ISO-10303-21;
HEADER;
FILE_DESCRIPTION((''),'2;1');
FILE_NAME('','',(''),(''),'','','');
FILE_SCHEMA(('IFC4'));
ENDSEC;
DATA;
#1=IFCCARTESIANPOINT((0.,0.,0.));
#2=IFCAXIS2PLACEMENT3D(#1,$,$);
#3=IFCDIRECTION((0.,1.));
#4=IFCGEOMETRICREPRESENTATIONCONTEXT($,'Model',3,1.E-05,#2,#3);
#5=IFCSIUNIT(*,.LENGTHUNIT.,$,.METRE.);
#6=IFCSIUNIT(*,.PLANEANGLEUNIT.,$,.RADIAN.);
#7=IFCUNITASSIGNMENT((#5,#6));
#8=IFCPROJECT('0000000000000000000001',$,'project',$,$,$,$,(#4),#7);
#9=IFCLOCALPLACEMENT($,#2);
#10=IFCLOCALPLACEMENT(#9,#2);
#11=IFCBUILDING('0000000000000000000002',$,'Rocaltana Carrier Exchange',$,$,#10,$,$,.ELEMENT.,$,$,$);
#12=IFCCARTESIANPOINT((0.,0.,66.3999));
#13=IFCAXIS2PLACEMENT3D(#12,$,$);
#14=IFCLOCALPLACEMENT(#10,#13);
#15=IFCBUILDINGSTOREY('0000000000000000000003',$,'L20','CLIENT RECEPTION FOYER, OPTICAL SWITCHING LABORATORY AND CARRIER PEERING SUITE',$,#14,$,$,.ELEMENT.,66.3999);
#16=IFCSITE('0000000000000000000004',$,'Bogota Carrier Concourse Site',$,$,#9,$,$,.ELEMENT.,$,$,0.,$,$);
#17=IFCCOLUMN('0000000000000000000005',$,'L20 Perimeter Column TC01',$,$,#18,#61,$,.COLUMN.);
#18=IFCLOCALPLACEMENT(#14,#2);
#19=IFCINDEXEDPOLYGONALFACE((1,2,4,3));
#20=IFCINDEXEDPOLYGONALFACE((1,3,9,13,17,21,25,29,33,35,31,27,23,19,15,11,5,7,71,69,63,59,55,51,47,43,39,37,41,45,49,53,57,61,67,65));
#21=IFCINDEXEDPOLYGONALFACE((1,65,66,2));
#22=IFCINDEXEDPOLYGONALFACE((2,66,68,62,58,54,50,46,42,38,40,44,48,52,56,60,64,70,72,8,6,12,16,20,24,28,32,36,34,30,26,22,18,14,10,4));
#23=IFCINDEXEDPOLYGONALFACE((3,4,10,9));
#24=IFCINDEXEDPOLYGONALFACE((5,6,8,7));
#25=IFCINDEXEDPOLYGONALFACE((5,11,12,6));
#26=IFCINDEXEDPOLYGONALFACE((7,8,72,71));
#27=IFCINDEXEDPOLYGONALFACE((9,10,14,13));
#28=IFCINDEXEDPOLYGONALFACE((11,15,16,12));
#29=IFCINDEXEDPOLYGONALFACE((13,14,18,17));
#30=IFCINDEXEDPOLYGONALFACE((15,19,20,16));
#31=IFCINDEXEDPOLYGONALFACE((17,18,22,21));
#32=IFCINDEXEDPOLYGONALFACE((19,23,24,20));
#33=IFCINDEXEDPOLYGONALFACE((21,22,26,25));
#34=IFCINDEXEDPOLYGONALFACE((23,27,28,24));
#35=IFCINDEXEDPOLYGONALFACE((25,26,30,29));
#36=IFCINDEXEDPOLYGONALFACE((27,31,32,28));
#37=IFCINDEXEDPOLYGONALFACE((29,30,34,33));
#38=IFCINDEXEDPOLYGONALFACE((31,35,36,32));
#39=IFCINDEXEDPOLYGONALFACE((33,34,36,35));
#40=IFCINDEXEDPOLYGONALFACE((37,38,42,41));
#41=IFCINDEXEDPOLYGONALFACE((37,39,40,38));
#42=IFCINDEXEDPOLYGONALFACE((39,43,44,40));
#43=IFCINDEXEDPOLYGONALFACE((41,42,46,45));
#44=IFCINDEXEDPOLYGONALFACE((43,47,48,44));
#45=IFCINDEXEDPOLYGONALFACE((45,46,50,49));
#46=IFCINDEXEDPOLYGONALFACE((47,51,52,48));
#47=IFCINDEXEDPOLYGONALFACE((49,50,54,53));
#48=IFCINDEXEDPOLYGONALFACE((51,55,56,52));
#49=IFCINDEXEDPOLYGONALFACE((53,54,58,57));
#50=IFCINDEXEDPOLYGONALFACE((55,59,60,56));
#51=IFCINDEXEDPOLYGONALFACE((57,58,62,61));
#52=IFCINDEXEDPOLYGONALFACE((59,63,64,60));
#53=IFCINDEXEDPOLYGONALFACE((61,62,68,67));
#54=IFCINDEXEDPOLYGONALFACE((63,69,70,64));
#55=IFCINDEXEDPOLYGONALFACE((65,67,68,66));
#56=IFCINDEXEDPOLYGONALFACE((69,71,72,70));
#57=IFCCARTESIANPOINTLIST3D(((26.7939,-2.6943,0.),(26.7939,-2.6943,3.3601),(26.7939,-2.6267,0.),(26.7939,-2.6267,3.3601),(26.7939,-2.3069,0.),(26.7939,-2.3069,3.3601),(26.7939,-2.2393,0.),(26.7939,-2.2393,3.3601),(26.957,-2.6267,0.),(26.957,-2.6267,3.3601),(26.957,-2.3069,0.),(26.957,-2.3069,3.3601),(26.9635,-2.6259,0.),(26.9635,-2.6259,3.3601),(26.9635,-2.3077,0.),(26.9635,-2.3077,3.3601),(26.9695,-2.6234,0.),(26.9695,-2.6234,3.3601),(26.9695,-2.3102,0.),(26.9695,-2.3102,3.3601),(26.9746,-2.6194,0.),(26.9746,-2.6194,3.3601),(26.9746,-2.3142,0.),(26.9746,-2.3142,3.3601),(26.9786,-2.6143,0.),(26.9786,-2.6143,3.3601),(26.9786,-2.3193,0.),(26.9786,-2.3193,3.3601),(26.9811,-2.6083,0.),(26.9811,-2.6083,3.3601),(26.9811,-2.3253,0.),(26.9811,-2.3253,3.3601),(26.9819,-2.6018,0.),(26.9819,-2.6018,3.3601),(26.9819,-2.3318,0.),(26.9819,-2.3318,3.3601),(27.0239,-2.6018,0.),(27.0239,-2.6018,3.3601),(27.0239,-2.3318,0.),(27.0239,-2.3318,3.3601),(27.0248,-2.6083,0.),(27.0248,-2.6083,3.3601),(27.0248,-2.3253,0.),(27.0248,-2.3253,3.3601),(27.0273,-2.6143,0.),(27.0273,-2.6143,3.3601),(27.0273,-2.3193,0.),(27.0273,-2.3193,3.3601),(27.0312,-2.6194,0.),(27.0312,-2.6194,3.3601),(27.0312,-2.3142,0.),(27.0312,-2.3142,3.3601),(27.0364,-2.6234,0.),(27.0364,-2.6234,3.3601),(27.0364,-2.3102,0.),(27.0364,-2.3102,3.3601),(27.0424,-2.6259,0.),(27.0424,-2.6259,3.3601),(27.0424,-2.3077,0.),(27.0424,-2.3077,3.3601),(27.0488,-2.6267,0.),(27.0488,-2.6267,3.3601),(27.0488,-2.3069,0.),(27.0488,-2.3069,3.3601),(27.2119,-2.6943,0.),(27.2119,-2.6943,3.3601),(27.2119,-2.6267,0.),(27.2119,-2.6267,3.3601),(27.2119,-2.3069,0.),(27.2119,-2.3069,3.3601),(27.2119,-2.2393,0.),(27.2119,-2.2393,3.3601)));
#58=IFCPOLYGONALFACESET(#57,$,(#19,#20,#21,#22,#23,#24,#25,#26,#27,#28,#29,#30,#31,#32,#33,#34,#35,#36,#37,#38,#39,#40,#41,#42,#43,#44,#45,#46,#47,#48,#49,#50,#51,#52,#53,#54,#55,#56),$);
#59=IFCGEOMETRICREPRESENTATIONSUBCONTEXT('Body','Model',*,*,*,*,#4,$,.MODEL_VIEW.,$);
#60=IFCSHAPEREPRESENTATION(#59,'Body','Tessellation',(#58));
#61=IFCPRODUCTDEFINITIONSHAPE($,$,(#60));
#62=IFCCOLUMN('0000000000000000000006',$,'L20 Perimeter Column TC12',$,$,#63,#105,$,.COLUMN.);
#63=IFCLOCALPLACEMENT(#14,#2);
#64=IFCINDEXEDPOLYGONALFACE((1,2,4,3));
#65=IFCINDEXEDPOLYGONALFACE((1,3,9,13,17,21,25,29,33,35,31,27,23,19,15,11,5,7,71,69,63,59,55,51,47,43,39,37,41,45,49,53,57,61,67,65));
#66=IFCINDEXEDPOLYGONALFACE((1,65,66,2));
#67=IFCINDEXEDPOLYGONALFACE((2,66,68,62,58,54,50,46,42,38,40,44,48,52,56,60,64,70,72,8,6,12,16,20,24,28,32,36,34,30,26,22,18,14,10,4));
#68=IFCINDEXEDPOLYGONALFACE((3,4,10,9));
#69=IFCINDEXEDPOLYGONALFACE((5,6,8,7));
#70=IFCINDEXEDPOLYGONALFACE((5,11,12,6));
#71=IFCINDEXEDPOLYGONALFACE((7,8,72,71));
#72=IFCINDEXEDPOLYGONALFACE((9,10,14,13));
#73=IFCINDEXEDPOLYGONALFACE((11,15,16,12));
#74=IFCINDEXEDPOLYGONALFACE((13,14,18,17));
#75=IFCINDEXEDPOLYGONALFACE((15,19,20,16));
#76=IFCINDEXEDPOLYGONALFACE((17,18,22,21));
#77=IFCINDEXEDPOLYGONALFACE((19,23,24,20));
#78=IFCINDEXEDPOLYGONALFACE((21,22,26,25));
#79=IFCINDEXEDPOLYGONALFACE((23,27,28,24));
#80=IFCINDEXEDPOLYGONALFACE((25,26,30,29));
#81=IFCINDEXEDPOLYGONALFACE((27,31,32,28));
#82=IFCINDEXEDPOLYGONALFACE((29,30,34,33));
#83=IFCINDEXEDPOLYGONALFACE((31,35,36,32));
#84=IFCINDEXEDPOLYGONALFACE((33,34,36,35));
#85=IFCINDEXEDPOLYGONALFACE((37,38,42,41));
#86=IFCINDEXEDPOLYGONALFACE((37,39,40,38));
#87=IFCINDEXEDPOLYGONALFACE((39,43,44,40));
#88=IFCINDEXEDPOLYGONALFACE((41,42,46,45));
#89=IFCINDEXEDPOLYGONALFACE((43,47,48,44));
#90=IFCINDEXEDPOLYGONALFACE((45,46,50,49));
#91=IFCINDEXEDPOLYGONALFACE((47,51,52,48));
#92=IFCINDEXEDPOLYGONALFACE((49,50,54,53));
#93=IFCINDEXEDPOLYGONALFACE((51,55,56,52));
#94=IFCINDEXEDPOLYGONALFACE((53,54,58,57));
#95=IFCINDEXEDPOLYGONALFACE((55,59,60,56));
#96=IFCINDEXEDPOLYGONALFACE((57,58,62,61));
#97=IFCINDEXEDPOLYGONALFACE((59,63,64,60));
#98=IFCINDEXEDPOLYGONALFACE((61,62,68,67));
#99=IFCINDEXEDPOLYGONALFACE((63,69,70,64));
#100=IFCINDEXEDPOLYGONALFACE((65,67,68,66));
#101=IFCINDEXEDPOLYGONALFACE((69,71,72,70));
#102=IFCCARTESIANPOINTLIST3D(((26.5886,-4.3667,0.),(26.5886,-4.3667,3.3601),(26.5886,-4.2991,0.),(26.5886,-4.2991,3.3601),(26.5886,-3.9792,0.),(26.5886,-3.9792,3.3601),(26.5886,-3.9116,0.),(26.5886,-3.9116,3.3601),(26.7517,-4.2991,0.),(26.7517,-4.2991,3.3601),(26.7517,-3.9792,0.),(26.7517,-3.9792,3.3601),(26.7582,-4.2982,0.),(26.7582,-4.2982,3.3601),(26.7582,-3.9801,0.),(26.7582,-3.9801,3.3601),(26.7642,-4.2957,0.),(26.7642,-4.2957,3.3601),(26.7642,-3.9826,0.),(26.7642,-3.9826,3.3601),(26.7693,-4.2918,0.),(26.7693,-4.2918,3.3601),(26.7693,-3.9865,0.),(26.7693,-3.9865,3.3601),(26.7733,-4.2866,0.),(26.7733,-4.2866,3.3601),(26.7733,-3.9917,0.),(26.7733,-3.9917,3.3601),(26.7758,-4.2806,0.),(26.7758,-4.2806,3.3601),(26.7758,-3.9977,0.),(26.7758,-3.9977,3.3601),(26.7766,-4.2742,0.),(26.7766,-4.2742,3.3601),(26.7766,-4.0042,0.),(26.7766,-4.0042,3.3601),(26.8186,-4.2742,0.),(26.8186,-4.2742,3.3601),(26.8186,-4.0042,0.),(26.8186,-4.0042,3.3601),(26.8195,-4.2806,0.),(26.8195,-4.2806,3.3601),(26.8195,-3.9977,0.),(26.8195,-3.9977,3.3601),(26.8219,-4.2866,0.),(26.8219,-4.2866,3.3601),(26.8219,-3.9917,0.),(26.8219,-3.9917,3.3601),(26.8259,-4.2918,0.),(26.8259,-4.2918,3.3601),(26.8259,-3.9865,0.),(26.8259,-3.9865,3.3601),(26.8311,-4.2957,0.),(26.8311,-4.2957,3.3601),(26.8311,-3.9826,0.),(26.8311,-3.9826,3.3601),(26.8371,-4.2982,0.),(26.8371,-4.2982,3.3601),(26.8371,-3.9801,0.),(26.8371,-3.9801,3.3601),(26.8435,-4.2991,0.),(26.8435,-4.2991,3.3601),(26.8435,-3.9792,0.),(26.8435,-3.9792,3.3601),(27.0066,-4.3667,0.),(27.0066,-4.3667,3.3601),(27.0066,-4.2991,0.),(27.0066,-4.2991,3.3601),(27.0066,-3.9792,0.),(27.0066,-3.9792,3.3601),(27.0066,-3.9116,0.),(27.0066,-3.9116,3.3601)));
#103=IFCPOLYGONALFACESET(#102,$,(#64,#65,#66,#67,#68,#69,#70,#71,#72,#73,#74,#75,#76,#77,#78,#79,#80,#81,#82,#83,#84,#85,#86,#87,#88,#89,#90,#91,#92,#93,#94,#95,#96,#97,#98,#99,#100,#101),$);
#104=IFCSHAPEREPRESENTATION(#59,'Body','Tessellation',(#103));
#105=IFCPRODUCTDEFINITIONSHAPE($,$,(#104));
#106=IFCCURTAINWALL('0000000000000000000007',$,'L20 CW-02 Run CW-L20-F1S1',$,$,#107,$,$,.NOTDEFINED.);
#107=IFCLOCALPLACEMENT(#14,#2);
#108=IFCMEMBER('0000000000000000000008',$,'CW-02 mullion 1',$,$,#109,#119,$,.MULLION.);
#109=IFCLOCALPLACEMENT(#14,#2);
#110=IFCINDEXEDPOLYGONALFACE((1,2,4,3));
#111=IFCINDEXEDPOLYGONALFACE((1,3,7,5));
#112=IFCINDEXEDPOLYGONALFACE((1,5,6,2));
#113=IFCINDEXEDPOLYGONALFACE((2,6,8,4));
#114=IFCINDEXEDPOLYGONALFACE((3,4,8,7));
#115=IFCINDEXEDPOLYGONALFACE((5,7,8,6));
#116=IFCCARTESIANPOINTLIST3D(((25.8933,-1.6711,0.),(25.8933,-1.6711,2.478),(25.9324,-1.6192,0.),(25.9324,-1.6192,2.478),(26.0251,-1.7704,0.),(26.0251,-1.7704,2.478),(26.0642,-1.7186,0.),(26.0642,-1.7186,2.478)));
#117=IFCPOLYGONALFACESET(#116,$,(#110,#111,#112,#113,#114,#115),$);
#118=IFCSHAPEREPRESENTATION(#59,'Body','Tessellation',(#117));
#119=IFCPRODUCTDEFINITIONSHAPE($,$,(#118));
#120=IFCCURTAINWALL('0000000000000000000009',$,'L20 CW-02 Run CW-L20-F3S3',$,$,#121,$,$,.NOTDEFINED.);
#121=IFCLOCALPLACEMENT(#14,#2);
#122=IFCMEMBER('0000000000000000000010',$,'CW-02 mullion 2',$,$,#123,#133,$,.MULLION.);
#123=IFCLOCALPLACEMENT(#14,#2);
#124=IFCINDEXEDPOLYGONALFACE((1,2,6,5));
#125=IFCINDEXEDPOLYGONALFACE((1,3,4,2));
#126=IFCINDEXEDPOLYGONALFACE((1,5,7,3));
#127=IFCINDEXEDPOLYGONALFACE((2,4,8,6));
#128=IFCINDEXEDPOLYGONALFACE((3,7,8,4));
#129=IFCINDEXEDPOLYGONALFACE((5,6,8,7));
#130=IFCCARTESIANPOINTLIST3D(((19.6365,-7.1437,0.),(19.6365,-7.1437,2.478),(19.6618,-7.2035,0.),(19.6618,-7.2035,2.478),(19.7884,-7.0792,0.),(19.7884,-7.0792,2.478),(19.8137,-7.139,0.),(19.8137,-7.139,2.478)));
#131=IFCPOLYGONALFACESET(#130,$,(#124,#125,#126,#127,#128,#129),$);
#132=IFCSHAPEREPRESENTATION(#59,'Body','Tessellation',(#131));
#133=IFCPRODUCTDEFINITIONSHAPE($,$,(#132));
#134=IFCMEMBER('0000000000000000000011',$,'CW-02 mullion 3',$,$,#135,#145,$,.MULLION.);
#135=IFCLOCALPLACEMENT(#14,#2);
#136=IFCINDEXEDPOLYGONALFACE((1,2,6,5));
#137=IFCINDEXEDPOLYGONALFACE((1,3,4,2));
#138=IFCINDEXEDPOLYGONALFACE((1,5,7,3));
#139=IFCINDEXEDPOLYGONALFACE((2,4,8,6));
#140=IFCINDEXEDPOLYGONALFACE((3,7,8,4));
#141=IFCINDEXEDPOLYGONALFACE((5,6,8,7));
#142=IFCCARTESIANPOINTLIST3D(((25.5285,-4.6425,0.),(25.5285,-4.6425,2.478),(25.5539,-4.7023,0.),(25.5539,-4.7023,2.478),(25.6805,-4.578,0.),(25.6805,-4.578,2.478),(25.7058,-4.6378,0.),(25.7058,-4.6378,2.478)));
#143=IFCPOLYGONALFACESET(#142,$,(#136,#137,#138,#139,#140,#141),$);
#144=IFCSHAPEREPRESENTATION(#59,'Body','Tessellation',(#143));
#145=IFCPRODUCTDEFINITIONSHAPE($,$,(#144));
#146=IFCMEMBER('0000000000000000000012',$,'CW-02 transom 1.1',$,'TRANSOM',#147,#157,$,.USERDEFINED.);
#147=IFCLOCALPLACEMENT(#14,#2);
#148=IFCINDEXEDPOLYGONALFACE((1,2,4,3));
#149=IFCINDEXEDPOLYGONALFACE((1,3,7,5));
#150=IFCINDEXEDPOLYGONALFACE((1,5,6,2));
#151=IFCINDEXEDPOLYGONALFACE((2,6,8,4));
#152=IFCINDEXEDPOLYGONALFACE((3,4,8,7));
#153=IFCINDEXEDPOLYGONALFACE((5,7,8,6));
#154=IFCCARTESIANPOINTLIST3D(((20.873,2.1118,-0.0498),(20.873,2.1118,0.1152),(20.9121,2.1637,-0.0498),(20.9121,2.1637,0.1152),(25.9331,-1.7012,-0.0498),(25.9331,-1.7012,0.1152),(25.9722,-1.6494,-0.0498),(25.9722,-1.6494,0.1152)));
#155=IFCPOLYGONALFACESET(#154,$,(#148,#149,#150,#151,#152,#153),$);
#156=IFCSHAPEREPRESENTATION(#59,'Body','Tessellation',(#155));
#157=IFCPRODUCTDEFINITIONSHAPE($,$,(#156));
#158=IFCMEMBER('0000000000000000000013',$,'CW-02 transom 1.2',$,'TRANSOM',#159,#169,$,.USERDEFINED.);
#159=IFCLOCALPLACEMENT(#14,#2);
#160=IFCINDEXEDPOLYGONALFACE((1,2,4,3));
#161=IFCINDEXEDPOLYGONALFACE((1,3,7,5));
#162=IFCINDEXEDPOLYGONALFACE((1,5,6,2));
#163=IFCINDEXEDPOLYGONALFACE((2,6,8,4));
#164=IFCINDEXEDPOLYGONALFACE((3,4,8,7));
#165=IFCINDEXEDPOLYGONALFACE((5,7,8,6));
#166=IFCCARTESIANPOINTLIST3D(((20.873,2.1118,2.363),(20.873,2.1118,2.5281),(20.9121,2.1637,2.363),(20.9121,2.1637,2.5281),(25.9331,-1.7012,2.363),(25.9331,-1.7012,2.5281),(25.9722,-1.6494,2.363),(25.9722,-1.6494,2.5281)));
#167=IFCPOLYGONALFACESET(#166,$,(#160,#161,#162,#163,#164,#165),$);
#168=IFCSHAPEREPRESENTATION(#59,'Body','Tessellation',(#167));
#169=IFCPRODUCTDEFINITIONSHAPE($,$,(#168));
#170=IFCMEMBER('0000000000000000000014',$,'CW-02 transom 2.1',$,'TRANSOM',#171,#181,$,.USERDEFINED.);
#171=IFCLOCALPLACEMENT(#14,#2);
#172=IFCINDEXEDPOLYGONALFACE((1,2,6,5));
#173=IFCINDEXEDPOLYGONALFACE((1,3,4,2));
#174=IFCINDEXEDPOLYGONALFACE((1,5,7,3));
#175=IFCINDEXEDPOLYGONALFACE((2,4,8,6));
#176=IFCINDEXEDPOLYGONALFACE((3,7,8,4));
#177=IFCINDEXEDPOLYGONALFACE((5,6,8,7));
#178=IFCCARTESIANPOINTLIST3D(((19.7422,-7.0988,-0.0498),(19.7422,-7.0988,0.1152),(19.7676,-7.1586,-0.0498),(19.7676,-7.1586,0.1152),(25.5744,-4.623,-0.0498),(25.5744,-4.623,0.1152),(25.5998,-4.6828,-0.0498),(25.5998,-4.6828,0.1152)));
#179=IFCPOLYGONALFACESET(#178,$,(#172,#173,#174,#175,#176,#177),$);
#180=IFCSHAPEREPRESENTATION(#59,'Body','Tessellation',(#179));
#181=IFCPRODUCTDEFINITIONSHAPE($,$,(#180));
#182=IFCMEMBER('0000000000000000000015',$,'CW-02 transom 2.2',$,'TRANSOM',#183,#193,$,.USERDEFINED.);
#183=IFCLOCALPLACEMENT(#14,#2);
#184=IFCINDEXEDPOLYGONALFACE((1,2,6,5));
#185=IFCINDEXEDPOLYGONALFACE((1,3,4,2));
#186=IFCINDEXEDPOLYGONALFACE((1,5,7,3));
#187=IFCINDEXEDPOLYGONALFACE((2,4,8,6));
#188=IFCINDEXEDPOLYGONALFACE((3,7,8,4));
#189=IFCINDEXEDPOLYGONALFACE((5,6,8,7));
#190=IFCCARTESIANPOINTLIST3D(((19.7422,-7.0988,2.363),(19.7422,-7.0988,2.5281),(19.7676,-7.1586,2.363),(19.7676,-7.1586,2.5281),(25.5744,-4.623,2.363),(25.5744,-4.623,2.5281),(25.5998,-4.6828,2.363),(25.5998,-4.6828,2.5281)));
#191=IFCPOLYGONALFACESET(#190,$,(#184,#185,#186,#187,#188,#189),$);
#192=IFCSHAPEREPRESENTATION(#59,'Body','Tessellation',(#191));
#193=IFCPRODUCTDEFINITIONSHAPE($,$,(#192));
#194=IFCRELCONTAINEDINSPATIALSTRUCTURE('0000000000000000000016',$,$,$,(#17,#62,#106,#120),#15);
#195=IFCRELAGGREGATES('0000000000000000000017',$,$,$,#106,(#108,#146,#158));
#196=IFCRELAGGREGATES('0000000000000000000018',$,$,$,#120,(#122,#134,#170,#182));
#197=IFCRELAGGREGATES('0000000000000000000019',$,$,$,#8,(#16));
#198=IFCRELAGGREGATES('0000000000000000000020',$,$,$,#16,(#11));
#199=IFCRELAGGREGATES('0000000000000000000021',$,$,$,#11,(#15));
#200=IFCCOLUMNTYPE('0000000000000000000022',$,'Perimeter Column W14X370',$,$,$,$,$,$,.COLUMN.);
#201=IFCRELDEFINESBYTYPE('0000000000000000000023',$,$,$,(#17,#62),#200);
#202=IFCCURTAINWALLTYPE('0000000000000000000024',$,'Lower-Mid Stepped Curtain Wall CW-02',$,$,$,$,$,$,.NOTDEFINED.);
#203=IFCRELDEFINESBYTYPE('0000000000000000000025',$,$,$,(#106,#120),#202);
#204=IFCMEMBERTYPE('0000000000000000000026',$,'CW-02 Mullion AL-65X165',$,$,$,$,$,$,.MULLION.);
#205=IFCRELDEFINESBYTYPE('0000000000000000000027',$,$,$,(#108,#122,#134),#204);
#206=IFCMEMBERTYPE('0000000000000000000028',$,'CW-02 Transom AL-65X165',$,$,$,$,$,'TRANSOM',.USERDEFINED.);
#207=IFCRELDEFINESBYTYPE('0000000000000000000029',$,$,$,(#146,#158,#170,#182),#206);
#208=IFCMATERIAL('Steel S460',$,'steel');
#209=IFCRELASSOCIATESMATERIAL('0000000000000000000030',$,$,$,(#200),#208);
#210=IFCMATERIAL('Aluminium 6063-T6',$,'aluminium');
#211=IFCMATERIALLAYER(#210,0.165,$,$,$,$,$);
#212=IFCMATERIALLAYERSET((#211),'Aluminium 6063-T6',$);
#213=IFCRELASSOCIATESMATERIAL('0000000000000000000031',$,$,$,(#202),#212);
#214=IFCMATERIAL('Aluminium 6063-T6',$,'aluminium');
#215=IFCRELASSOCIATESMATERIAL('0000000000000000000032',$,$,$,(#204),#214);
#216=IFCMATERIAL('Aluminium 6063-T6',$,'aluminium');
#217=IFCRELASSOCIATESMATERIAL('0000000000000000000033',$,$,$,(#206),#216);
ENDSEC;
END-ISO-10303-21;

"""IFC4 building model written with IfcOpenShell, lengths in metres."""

from ifc_helpers import new_model, si_unit, direction, frame, origin, origin_2d, place, context, subcontext, project, spatial, rectangle, i_section, extrude, material, layer, layer_set, material_profile, profile_set, type_object, element, aggregate, save


model = new_model("IFC4")

# Units and contexts
model_context = context("Model", 3, precision=1e-05, world=origin(), true_north=direction((0.0, 1.0)))
body_context = subcontext(model_context, "Body", "Model", "MODEL_VIEW")
ifc_project = project(units=[si_unit("LENGTHUNIT", "METRE"), si_unit("PLANEANGLEUNIT", "RADIAN")], contexts=[model_context])

# Site, building, storey
site_placement = place(None, origin())
site = spatial("IfcSite", under=ifc_project, at=site_placement, Name="Bogota Carrier Concourse Site", CompositionType="ELEMENT", RefElevation=0.0)
building_placement = place(site_placement, origin())
building = spatial("IfcBuilding", under=site, at=building_placement, Name="Rocaltana Carrier Exchange", CompositionType="ELEMENT")
storey_placement = place(building_placement, frame((0.0, 0.0, 66.3999)))
storey = spatial("IfcBuildingStorey", under=building, at=storey_placement, Name="L20", Description="CLIENT RECEPTION FOYER, OPTICAL SWITCHING LABORATORY AND CARRIER PEERING SUITE", CompositionType="ELEMENT", Elevation=66.3999)

# Columns
ifc_material_1 = material(Name="Steel S460", Category="steel")
ifc_material_profile_1 = material_profile(ifc_material_1, i_section(OverallWidth=0.418, OverallDepth=0.4551, WebThickness=0.042, FlangeThickness=0.0676, FilletRadius=0.0249, at=origin_2d()), Name="W14X370")
ifc_profile_set_1 = profile_set([ifc_material_profile_1], Name="Steel S460")
column_type = type_object("IfcColumnType", Name="Perimeter Column W14X370", PredefinedType="COLUMN", material=ifc_profile_set_1)
for number, where, z_axis, x_axis, name in (
    (1, (27.0029, -2.4668, 0.0), (0.0, 0.0, 1.0), (1.0, 0.0, 0.0), "L20 Perimeter Column TC01"),
    (2, (26.7976, -4.1392, 0.0), (0.0, 0.0, 1.0), (1.0, 0.0, 0.0), "L20 Perimeter Column TC12"),
):
    element("IfcColumn", number, at=place(storey_placement, frame(where, z_axis=z_axis, x_axis=x_axis)), inside=storey, type_object=column_type, Name=name, PredefinedType="COLUMN", context=body_context, shape_type="SweptSolid", body=[
        extrude(i_section(OverallWidth=0.418, OverallDepth=0.4551, WebThickness=0.042, FlangeThickness=0.0676, FilletRadius=0.0249, at=origin_2d()), origin(), (0.0, 0.0, 1.0), 3.3601),
    ])

# Curtain wall, member
ifc_material_2 = material(Name="Aluminium 6063-T6", Category="aluminium")
ifc_layer_1 = layer(ifc_material_2, 0.165)
ifc_layer_set_1 = layer_set([ifc_layer_1], Name="Aluminium 6063-T6")
curtain_wall_type = type_object("IfcCurtainWallType", Name="Lower-Mid Stepped Curtain Wall CW-02", PredefinedType="NOTDEFINED", material=ifc_layer_set_1)
curtain_wall_1_placement = place(storey_placement, origin())
curtain_wall_1 = element("IfcCurtainWall", 3, at=curtain_wall_1_placement, inside=storey, type_object=curtain_wall_type, Name="L20 CW-02 Run CW-L20-F1S1", PredefinedType="NOTDEFINED")
ifc_material_3 = material(Name="Aluminium 6063-T6", Category="aluminium")
ifc_material_profile_2 = material_profile(ifc_material_3, rectangle(XDim=0.0649, YDim=0.165, at=origin_2d()), Name="AL-65X165")
ifc_profile_set_2 = profile_set([ifc_material_profile_2], Name="Aluminium 6063-T6")
member_type_1 = type_object("IfcMemberType", Name="CW-02 Mullion AL-65X165", PredefinedType="MULLION", material=ifc_profile_set_2)
member_1_placement = place(storey_placement, frame((25.9788, -1.6948, 0.0), z_axis=(0.0, 0.0, 1.0), x_axis=(-0.601807, -0.798642, 0.0)))
member_1 = element("IfcMember", 4, at=member_1_placement, type_object=member_type_1, Name="CW-02 mullion 1", PredefinedType="MULLION", context=body_context, shape_type="SweptSolid", body=[
    extrude(rectangle(XDim=0.0649, YDim=0.165, at=origin_2d()), origin(), (0.0, 0.0, 1.0), 2.478),
])

# Curtain wall, members
curtain_wall_2_placement = place(storey_placement, origin())
curtain_wall_2 = element("IfcCurtainWall", 5, at=curtain_wall_2_placement, inside=storey, type_object=curtain_wall_type, Name="L20 CW-02 Run CW-L20-F3S3", PredefinedType="NOTDEFINED")
member_2_placement = place(storey_placement, frame((19.7251, -7.1414, 0.0), z_axis=(0.0, 0.0, 1.0), x_axis=(-0.390735, 0.920503, 0.0)))
member_2 = element("IfcMember", 6, at=member_2_placement, type_object=member_type_1, Name="CW-02 mullion 2", PredefinedType="MULLION", context=body_context, shape_type="SweptSolid", body=[
    extrude(rectangle(XDim=0.0649, YDim=0.165, at=origin_2d()), origin(), (0.0, 0.0, 1.0), 2.478),
])
member_3_placement = place(storey_placement, frame((25.6172, -4.6401, 0.0), z_axis=(0.0, 0.0, 1.0), x_axis=(-0.390735, 0.920503, 0.0)))
member_3 = element("IfcMember", 7, at=member_3_placement, type_object=member_type_1, Name="CW-02 mullion 3", PredefinedType="MULLION", context=body_context, shape_type="SweptSolid", body=[
    extrude(rectangle(XDim=0.0649, YDim=0.165, at=origin_2d()), origin(), (0.0, 0.0, 1.0), 2.478),
])

# Members
ifc_material_4 = material(Name="Aluminium 6063-T6", Category="aluminium")
ifc_material_profile_3 = material_profile(ifc_material_4, rectangle(XDim=0.0649, YDim=0.165, at=origin_2d()), Name="AL-65X165")
ifc_profile_set_3 = profile_set([ifc_material_profile_3], Name="Aluminium 6063-T6")
member_type_2 = type_object("IfcMemberType", Name="CW-02 Transom AL-65X165", ElementType="TRANSOM", PredefinedType="USERDEFINED", material=ifc_profile_set_3)
member_4_placement = place(storey_placement, frame((25.9526, -1.6753, 0.0327), z_axis=(-0.798638, 0.601811, 0.0), x_axis=(-0.601811, -0.798638, 0.0)))
member_4 = element("IfcMember", 8, at=member_4_placement, type_object=member_type_2, Name="CW-02 transom 1.1", ObjectType="TRANSOM", PredefinedType="USERDEFINED", context=body_context, shape_type="SweptSolid", body=[
    extrude(rectangle(XDim=0.0649, YDim=0.165, at=origin_2d()), origin(), (0.0, 0.0, 1.0), 6.3359),
])
member_5_placement = place(storey_placement, frame((25.9526, -1.6753, 2.4456), z_axis=(-0.798638, 0.601811, 0.0), x_axis=(-0.601811, -0.798638, 0.0)))
member_5 = element("IfcMember", 9, at=member_5_placement, type_object=member_type_2, Name="CW-02 transom 1.2", ObjectType="TRANSOM", PredefinedType="USERDEFINED", context=body_context, shape_type="SweptSolid", body=[
    extrude(rectangle(XDim=0.0649, YDim=0.165, at=origin_2d()), origin(), (0.0, 0.0, 1.0), 6.3359),
])
aggregate(curtain_wall_1, [member_1, member_4, member_5])
member_6_placement = place(storey_placement, frame((19.7549, -7.1287, 0.0327), z_axis=(0.920495, 0.390755, 0.0), x_axis=(-0.390755, 0.920495, 0.0)))
member_6 = element("IfcMember", 10, at=member_6_placement, type_object=member_type_2, Name="CW-02 transom 2.1", ObjectType="TRANSOM", PredefinedType="USERDEFINED", context=body_context, shape_type="SweptSolid", body=[
    extrude(rectangle(XDim=0.0649, YDim=0.165, at=origin_2d()), origin(), (0.0, 0.0, 1.0), 6.3359),
])
member_7_placement = place(storey_placement, frame((19.7549, -7.1287, 2.4456), z_axis=(0.920495, 0.390755, 0.0), x_axis=(-0.390755, 0.920495, 0.0)))
member_7 = element("IfcMember", 11, at=member_7_placement, type_object=member_type_2, Name="CW-02 transom 2.2", ObjectType="TRANSOM", PredefinedType="USERDEFINED", context=body_context, shape_type="SweptSolid", body=[
    extrude(rectangle(XDim=0.0649, YDim=0.165, at=origin_2d()), origin(), (0.0, 0.0, 1.0), 6.3359),
])

aggregate(curtain_wall_2, [member_2, member_3, member_6, member_7])

save(model, "model.ifc")
